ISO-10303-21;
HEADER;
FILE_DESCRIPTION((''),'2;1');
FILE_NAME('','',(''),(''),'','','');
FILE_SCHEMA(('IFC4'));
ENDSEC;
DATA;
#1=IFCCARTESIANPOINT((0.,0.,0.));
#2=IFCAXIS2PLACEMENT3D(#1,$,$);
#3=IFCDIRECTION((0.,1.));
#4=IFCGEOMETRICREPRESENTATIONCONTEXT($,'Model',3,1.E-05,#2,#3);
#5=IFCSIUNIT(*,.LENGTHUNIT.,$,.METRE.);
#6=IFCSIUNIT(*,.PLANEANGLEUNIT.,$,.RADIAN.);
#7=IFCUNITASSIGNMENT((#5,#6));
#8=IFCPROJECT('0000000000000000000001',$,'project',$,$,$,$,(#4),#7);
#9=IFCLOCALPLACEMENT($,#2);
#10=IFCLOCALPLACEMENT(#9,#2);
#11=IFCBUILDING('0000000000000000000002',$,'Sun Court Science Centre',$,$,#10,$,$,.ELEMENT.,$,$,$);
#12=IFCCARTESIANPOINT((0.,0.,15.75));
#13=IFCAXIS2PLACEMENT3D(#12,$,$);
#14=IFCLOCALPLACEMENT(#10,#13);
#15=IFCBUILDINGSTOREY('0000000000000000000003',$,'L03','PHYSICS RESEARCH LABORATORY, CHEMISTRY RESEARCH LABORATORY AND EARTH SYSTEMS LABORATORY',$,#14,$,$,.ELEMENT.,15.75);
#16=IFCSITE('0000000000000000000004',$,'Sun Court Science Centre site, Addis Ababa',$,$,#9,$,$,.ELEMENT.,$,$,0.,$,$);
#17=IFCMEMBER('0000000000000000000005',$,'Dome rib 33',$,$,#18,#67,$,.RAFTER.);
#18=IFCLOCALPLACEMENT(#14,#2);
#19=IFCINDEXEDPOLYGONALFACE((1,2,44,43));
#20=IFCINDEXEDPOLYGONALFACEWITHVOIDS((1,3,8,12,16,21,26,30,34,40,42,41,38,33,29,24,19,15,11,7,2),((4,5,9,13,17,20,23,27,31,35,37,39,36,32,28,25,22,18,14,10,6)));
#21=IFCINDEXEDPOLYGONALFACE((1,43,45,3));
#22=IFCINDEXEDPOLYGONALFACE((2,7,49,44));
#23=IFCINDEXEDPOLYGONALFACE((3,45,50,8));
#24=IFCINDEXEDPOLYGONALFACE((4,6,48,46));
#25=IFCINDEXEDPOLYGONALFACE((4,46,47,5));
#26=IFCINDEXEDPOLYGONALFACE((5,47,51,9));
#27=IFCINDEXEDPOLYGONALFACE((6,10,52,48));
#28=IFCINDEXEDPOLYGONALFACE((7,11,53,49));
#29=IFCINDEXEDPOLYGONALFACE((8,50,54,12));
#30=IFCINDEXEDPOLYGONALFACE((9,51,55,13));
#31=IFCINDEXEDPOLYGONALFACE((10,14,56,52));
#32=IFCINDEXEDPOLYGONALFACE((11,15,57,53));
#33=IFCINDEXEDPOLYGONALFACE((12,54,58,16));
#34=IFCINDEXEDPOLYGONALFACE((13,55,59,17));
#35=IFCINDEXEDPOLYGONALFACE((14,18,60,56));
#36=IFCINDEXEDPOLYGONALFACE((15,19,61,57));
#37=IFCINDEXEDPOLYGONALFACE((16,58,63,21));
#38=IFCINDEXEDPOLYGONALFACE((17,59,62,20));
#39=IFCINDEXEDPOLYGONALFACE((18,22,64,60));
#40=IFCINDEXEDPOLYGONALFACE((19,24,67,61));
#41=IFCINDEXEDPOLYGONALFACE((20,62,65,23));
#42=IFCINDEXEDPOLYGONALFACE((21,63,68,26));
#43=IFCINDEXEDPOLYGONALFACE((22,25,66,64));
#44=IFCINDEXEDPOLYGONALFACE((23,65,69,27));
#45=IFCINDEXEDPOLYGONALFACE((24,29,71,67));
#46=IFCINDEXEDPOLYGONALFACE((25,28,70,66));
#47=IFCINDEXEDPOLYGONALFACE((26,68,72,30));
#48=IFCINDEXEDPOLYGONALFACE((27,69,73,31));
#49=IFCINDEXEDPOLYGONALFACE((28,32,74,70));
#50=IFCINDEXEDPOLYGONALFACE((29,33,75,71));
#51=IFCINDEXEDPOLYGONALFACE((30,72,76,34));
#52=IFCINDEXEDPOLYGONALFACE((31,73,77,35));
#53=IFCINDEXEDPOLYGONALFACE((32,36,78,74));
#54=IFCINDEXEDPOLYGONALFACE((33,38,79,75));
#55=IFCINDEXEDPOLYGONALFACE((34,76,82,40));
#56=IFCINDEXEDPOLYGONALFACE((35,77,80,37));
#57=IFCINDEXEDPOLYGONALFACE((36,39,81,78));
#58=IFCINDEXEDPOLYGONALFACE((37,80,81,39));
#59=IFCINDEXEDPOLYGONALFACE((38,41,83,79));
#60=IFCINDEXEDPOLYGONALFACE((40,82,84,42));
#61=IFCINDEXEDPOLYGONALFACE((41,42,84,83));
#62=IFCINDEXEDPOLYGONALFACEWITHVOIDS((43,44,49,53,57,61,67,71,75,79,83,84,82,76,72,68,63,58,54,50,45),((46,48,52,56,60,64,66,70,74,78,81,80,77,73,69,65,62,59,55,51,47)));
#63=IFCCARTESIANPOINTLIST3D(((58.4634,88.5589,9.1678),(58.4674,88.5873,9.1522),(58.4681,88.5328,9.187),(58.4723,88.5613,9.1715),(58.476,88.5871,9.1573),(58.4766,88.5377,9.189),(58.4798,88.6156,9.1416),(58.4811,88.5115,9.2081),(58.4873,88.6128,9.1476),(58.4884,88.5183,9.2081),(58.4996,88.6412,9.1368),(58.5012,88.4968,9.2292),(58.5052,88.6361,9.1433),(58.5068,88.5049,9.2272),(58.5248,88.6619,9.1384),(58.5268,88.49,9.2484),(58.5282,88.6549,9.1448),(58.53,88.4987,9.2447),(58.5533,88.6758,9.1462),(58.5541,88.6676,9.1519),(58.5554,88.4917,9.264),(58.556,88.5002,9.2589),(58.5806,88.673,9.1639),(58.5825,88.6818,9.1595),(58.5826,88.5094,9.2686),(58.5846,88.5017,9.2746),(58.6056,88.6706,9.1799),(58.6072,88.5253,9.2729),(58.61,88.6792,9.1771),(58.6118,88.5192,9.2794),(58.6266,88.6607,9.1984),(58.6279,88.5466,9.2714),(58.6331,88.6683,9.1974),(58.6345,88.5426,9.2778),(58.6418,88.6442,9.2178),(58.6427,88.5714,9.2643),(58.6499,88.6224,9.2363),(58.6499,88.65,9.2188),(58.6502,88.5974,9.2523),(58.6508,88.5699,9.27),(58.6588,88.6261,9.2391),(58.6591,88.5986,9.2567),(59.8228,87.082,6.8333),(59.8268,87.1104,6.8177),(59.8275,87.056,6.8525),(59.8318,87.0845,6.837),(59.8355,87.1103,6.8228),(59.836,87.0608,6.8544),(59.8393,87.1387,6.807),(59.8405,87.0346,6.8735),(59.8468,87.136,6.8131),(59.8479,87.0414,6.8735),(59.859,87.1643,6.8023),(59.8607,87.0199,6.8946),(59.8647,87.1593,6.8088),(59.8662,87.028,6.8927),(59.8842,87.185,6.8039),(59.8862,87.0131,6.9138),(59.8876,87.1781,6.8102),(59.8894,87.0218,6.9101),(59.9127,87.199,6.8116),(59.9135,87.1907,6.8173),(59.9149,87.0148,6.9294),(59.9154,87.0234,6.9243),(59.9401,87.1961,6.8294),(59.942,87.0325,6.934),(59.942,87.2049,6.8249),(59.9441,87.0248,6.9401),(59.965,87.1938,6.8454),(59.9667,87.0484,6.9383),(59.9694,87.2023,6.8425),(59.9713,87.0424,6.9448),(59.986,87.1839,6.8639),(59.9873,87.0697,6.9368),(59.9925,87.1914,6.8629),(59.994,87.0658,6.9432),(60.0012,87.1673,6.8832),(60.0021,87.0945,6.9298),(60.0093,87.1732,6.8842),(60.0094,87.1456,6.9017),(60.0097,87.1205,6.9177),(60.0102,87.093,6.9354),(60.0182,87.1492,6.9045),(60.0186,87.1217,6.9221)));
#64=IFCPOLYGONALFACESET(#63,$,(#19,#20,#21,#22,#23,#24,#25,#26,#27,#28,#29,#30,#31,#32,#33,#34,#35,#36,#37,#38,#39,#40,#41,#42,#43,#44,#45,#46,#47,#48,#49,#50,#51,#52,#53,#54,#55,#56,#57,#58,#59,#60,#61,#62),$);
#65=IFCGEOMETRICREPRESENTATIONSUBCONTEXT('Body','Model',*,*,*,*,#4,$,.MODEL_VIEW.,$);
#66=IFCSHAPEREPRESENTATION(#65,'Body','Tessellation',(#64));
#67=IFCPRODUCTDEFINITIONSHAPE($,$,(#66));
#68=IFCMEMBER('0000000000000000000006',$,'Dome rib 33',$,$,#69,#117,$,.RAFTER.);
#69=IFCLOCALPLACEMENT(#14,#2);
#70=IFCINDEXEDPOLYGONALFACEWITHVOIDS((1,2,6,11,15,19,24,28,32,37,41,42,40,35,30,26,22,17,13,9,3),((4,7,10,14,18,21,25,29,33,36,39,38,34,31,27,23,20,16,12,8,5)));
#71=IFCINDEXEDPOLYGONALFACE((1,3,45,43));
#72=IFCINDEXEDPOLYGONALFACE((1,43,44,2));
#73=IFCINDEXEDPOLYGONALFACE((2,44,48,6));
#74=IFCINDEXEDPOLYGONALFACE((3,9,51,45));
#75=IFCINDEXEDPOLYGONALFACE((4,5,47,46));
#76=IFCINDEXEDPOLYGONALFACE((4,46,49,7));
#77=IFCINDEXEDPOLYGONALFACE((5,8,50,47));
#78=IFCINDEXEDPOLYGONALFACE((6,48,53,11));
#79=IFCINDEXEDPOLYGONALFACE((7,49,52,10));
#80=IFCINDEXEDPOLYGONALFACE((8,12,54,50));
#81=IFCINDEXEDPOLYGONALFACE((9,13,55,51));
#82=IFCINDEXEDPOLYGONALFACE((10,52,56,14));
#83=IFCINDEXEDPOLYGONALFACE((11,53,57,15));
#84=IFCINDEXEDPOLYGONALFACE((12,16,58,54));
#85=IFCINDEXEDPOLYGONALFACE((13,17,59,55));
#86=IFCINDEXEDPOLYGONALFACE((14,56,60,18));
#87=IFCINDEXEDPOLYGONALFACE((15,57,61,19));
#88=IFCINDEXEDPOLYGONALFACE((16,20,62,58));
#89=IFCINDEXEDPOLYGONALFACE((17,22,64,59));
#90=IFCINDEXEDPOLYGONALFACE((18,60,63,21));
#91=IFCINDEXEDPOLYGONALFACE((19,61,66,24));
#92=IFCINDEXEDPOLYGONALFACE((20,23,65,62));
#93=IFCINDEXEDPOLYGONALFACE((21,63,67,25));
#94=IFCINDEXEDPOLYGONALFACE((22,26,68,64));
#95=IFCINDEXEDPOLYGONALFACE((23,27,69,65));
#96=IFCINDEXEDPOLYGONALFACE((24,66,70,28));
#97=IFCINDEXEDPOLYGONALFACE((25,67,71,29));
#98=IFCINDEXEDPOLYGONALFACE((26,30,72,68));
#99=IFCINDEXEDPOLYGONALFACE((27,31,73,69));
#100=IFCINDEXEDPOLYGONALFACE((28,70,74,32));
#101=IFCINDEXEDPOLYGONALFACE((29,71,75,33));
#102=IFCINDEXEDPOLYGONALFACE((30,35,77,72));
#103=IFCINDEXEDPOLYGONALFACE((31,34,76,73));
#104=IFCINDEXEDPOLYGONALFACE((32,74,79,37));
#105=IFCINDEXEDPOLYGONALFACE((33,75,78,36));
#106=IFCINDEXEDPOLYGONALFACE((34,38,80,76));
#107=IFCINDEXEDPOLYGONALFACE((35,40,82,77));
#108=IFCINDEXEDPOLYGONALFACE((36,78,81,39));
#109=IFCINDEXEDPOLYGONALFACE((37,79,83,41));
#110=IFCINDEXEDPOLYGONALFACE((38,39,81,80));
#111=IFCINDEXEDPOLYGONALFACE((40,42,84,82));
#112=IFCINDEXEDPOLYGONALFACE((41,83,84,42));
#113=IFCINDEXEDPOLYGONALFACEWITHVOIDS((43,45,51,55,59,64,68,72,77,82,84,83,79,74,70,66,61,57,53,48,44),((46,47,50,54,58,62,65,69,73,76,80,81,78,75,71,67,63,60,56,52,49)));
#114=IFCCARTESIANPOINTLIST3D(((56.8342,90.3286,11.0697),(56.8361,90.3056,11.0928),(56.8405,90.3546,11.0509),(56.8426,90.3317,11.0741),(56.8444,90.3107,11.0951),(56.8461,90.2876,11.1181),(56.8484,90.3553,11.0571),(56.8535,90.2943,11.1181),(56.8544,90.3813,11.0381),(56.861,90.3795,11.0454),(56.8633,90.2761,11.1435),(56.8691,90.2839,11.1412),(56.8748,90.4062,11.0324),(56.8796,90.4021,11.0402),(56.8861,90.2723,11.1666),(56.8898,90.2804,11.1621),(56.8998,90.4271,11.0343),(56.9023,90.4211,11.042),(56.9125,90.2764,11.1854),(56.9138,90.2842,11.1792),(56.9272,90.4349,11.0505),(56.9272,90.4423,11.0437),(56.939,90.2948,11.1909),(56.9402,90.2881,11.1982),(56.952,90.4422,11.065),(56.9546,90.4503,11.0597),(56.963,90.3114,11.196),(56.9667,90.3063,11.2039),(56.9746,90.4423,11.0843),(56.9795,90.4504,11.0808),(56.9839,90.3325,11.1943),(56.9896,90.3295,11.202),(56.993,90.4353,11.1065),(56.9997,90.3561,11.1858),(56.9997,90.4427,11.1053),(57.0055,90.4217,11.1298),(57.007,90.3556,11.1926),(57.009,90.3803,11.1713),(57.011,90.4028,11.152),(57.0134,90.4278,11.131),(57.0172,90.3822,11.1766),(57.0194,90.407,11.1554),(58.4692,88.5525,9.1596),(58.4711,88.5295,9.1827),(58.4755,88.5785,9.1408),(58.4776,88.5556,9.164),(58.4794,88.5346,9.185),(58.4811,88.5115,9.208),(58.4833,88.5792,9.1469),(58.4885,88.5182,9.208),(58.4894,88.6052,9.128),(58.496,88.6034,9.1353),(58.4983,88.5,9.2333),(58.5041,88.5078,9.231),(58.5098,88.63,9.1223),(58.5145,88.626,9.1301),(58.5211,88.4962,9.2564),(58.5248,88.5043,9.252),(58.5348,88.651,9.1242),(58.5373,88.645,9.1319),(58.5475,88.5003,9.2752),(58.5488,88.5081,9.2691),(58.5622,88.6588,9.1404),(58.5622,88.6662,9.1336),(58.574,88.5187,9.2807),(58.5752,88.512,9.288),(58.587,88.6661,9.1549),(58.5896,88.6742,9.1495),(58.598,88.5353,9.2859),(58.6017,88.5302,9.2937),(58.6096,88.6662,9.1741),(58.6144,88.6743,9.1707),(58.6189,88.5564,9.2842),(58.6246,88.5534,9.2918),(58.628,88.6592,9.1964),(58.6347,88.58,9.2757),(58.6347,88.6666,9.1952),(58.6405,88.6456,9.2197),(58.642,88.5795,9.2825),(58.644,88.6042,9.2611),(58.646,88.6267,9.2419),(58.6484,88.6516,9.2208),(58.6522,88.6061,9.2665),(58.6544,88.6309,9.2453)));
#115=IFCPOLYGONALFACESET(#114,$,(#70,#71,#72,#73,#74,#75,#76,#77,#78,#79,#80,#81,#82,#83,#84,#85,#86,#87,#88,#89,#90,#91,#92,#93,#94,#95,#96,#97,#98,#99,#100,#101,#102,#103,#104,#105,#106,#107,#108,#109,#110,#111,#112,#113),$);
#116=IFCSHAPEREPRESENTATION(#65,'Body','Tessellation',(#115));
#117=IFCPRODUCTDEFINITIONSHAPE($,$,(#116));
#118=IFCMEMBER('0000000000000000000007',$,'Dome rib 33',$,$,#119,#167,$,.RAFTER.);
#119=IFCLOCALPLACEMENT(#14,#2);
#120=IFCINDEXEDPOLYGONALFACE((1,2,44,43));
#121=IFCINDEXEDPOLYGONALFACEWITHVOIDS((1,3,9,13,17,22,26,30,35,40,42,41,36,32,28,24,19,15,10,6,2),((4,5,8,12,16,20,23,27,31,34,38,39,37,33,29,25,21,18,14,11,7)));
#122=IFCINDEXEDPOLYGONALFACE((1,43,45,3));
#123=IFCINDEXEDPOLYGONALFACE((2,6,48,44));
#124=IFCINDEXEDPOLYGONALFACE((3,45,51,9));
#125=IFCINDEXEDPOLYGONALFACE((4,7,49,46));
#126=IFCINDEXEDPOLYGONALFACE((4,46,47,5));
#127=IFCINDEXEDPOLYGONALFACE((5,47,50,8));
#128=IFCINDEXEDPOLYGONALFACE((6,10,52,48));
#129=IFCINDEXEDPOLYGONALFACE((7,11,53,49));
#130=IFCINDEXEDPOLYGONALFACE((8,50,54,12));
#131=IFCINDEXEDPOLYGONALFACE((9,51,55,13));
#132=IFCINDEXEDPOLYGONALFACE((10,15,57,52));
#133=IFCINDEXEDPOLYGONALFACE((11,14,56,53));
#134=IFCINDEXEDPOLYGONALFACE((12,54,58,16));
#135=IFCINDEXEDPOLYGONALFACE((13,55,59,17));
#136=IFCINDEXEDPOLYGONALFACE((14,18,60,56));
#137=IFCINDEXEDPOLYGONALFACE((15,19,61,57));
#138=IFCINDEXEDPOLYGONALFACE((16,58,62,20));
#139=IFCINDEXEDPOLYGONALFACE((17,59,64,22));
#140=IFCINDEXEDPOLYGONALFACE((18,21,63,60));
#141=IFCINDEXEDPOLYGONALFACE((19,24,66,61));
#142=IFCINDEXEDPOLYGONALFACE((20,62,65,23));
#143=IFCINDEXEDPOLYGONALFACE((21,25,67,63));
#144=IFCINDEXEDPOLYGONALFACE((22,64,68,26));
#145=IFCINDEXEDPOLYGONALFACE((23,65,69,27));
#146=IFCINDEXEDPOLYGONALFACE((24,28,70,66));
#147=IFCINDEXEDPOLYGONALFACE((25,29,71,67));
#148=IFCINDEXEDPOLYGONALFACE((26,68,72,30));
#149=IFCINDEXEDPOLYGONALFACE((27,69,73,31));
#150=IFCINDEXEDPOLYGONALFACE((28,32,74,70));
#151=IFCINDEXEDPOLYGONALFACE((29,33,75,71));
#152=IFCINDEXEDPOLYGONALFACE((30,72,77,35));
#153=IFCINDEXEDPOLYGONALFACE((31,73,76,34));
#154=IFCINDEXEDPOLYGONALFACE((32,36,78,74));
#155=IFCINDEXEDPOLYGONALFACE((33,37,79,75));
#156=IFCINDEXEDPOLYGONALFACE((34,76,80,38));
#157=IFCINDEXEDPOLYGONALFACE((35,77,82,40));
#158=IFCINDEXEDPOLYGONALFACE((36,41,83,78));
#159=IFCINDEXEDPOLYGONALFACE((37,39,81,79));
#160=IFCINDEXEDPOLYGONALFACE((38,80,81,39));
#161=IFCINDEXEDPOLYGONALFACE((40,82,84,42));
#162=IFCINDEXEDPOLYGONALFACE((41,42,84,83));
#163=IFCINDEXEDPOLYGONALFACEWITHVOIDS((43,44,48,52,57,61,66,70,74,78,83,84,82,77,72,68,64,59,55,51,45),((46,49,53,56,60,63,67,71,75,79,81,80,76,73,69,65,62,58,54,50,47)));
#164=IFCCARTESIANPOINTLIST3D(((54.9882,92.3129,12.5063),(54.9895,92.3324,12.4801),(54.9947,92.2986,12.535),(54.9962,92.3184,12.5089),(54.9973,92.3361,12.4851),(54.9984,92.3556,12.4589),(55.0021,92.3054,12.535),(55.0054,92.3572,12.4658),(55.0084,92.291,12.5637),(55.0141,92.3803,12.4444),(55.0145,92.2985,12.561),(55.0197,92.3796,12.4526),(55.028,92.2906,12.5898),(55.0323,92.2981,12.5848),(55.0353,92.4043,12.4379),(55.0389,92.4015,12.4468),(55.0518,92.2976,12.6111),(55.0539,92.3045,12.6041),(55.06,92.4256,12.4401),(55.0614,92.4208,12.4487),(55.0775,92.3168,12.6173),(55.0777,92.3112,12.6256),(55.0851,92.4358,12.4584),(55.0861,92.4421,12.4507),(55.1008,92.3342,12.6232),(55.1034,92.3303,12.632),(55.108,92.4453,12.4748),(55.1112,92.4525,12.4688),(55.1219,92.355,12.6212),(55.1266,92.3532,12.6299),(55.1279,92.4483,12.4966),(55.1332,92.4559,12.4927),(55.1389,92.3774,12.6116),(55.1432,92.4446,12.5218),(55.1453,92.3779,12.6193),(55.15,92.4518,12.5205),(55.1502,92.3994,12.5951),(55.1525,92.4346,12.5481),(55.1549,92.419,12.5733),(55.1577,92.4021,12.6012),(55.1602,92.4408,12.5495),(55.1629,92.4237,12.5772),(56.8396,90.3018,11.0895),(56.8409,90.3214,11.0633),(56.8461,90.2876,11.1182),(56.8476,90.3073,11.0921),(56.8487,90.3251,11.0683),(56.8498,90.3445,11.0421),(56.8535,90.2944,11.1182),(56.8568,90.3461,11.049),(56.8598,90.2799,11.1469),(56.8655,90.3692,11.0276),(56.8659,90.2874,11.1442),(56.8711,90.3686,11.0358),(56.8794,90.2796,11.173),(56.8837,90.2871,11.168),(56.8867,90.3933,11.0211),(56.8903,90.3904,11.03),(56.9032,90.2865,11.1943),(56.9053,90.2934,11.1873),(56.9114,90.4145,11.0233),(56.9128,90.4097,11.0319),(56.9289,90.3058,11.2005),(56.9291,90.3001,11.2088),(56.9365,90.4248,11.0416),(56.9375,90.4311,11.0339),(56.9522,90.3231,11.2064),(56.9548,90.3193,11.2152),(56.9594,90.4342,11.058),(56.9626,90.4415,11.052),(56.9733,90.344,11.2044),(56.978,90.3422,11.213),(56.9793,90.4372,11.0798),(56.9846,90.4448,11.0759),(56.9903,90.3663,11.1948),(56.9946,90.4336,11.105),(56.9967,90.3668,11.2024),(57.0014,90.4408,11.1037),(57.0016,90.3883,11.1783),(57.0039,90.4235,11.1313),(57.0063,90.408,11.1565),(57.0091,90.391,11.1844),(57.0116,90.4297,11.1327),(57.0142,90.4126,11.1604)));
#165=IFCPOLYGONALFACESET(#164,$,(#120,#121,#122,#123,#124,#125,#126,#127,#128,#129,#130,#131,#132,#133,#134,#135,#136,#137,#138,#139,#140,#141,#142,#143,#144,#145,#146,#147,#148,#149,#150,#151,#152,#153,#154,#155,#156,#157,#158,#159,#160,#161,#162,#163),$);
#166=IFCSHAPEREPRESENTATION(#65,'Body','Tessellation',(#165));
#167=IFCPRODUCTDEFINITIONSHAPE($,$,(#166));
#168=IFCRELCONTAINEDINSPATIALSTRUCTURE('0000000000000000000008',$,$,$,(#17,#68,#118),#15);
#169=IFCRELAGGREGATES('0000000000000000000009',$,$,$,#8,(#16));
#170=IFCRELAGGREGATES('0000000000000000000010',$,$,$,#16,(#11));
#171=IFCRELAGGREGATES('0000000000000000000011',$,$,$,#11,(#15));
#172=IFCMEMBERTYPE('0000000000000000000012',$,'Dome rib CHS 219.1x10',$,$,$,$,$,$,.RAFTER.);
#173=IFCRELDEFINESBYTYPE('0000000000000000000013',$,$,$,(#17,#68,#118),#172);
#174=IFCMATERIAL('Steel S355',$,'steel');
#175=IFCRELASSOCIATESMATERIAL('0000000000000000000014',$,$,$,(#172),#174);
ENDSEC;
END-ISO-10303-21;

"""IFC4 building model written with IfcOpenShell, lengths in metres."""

from ifc_helpers import new_model, si_unit, direction, frame, origin, origin_2d, place, context, subcontext, project, spatial, hollow_circle, extrude, material, material_profile, profile_set, type_object, element, save


model = new_model("IFC4")

# Units and contexts
model_context = context("Model", 3, precision=1e-05, world=origin(), true_north=direction((0.0, 1.0)))
body_context = subcontext(model_context, "Body", "Model", "MODEL_VIEW")
ifc_project = project(units=[si_unit("LENGTHUNIT", "METRE"), si_unit("PLANEANGLEUNIT", "RADIAN")], contexts=[model_context])

# Site, building, storey
site_placement = place(None, origin())
site = spatial("IfcSite", under=ifc_project, at=site_placement, Name="Sun Court Science Centre site, Addis Ababa", CompositionType="ELEMENT", RefElevation=0.0)
building_placement = place(site_placement, origin())
building = spatial("IfcBuilding", under=site, at=building_placement, Name="Sun Court Science Centre", CompositionType="ELEMENT")
storey_placement = place(building_placement, frame((0.0, 0.0, 15.75)))
storey = spatial("IfcBuildingStorey", under=building, at=storey_placement, Name="L03", Description="PHYSICS RESEARCH LABORATORY, CHEMISTRY RESEARCH LABORATORY AND EARTH SYSTEMS LABORATORY", CompositionType="ELEMENT", Elevation=15.75)

# Members
ifc_material_1 = material(Name="Steel S355", Category="steel")
ifc_material_profile_1 = material_profile(ifc_material_1, hollow_circle(Radius=0.1096, WallThickness=0.01, at=origin_2d()), Name="CHS 219.1x10")
ifc_profile_set_1 = profile_set([ifc_material_profile_1], Name="Steel S355")
member_type_1 = type_object("IfcMemberType", Name="Dome rib CHS 219.1x10", PredefinedType="RAFTER", material=ifc_profile_set_1)
member_1_placement = place(storey_placement, frame((59.9211, 87.1089, 6.8735), z_axis=(-0.441537, 0.479679, 0.758257), x_axis=(-0.735754, -0.677249, 0.0)))
element("IfcMember", 1, at=member_1_placement, inside=storey, type_object=member_type_1, Name="Dome rib 33", PredefinedType="RAFTER", context=body_context, shape_type="SweptSolid", body=[
    extrude(hollow_circle(Radius=0.1096, WallThickness=0.01, at=origin_2d()), origin(), (0.0, 0.0, 1.0), 3.0789),
])
member_2_placement = place(storey_placement, frame((58.5618, 88.5857, 9.208), z_axis=(-0.531123, 0.576962, 0.620502), x_axis=(-0.735729, -0.677276, 0.0)))
element("IfcMember", 2, at=member_2_placement, inside=storey, type_object=member_type_1, Name="Dome rib 33", PredefinedType="RAFTER", context=body_context, shape_type="SweptSolid", body=[
    extrude(hollow_circle(Radius=0.1096, WallThickness=0.01, at=origin_2d()), origin(), (0.0, 0.0, 1.0), 3.0784),
])
member_3_placement = place(storey_placement, frame((56.9268, 90.3618, 11.1182), z_axis=(-0.601324, 0.653186, 0.460172), x_axis=(-0.73571, -0.677296, 0.0)))
element("IfcMember", 3, at=member_3_placement, inside=storey, type_object=member_type_1, Name="Dome rib 33", PredefinedType="RAFTER", context=body_context, shape_type="SweptSolid", body=[
    extrude(hollow_circle(Radius=0.1096, WallThickness=0.01, at=origin_2d()), origin(), (0.0, 0.0, 1.0), 3.0789),
])

save(model, "model.ifc")
